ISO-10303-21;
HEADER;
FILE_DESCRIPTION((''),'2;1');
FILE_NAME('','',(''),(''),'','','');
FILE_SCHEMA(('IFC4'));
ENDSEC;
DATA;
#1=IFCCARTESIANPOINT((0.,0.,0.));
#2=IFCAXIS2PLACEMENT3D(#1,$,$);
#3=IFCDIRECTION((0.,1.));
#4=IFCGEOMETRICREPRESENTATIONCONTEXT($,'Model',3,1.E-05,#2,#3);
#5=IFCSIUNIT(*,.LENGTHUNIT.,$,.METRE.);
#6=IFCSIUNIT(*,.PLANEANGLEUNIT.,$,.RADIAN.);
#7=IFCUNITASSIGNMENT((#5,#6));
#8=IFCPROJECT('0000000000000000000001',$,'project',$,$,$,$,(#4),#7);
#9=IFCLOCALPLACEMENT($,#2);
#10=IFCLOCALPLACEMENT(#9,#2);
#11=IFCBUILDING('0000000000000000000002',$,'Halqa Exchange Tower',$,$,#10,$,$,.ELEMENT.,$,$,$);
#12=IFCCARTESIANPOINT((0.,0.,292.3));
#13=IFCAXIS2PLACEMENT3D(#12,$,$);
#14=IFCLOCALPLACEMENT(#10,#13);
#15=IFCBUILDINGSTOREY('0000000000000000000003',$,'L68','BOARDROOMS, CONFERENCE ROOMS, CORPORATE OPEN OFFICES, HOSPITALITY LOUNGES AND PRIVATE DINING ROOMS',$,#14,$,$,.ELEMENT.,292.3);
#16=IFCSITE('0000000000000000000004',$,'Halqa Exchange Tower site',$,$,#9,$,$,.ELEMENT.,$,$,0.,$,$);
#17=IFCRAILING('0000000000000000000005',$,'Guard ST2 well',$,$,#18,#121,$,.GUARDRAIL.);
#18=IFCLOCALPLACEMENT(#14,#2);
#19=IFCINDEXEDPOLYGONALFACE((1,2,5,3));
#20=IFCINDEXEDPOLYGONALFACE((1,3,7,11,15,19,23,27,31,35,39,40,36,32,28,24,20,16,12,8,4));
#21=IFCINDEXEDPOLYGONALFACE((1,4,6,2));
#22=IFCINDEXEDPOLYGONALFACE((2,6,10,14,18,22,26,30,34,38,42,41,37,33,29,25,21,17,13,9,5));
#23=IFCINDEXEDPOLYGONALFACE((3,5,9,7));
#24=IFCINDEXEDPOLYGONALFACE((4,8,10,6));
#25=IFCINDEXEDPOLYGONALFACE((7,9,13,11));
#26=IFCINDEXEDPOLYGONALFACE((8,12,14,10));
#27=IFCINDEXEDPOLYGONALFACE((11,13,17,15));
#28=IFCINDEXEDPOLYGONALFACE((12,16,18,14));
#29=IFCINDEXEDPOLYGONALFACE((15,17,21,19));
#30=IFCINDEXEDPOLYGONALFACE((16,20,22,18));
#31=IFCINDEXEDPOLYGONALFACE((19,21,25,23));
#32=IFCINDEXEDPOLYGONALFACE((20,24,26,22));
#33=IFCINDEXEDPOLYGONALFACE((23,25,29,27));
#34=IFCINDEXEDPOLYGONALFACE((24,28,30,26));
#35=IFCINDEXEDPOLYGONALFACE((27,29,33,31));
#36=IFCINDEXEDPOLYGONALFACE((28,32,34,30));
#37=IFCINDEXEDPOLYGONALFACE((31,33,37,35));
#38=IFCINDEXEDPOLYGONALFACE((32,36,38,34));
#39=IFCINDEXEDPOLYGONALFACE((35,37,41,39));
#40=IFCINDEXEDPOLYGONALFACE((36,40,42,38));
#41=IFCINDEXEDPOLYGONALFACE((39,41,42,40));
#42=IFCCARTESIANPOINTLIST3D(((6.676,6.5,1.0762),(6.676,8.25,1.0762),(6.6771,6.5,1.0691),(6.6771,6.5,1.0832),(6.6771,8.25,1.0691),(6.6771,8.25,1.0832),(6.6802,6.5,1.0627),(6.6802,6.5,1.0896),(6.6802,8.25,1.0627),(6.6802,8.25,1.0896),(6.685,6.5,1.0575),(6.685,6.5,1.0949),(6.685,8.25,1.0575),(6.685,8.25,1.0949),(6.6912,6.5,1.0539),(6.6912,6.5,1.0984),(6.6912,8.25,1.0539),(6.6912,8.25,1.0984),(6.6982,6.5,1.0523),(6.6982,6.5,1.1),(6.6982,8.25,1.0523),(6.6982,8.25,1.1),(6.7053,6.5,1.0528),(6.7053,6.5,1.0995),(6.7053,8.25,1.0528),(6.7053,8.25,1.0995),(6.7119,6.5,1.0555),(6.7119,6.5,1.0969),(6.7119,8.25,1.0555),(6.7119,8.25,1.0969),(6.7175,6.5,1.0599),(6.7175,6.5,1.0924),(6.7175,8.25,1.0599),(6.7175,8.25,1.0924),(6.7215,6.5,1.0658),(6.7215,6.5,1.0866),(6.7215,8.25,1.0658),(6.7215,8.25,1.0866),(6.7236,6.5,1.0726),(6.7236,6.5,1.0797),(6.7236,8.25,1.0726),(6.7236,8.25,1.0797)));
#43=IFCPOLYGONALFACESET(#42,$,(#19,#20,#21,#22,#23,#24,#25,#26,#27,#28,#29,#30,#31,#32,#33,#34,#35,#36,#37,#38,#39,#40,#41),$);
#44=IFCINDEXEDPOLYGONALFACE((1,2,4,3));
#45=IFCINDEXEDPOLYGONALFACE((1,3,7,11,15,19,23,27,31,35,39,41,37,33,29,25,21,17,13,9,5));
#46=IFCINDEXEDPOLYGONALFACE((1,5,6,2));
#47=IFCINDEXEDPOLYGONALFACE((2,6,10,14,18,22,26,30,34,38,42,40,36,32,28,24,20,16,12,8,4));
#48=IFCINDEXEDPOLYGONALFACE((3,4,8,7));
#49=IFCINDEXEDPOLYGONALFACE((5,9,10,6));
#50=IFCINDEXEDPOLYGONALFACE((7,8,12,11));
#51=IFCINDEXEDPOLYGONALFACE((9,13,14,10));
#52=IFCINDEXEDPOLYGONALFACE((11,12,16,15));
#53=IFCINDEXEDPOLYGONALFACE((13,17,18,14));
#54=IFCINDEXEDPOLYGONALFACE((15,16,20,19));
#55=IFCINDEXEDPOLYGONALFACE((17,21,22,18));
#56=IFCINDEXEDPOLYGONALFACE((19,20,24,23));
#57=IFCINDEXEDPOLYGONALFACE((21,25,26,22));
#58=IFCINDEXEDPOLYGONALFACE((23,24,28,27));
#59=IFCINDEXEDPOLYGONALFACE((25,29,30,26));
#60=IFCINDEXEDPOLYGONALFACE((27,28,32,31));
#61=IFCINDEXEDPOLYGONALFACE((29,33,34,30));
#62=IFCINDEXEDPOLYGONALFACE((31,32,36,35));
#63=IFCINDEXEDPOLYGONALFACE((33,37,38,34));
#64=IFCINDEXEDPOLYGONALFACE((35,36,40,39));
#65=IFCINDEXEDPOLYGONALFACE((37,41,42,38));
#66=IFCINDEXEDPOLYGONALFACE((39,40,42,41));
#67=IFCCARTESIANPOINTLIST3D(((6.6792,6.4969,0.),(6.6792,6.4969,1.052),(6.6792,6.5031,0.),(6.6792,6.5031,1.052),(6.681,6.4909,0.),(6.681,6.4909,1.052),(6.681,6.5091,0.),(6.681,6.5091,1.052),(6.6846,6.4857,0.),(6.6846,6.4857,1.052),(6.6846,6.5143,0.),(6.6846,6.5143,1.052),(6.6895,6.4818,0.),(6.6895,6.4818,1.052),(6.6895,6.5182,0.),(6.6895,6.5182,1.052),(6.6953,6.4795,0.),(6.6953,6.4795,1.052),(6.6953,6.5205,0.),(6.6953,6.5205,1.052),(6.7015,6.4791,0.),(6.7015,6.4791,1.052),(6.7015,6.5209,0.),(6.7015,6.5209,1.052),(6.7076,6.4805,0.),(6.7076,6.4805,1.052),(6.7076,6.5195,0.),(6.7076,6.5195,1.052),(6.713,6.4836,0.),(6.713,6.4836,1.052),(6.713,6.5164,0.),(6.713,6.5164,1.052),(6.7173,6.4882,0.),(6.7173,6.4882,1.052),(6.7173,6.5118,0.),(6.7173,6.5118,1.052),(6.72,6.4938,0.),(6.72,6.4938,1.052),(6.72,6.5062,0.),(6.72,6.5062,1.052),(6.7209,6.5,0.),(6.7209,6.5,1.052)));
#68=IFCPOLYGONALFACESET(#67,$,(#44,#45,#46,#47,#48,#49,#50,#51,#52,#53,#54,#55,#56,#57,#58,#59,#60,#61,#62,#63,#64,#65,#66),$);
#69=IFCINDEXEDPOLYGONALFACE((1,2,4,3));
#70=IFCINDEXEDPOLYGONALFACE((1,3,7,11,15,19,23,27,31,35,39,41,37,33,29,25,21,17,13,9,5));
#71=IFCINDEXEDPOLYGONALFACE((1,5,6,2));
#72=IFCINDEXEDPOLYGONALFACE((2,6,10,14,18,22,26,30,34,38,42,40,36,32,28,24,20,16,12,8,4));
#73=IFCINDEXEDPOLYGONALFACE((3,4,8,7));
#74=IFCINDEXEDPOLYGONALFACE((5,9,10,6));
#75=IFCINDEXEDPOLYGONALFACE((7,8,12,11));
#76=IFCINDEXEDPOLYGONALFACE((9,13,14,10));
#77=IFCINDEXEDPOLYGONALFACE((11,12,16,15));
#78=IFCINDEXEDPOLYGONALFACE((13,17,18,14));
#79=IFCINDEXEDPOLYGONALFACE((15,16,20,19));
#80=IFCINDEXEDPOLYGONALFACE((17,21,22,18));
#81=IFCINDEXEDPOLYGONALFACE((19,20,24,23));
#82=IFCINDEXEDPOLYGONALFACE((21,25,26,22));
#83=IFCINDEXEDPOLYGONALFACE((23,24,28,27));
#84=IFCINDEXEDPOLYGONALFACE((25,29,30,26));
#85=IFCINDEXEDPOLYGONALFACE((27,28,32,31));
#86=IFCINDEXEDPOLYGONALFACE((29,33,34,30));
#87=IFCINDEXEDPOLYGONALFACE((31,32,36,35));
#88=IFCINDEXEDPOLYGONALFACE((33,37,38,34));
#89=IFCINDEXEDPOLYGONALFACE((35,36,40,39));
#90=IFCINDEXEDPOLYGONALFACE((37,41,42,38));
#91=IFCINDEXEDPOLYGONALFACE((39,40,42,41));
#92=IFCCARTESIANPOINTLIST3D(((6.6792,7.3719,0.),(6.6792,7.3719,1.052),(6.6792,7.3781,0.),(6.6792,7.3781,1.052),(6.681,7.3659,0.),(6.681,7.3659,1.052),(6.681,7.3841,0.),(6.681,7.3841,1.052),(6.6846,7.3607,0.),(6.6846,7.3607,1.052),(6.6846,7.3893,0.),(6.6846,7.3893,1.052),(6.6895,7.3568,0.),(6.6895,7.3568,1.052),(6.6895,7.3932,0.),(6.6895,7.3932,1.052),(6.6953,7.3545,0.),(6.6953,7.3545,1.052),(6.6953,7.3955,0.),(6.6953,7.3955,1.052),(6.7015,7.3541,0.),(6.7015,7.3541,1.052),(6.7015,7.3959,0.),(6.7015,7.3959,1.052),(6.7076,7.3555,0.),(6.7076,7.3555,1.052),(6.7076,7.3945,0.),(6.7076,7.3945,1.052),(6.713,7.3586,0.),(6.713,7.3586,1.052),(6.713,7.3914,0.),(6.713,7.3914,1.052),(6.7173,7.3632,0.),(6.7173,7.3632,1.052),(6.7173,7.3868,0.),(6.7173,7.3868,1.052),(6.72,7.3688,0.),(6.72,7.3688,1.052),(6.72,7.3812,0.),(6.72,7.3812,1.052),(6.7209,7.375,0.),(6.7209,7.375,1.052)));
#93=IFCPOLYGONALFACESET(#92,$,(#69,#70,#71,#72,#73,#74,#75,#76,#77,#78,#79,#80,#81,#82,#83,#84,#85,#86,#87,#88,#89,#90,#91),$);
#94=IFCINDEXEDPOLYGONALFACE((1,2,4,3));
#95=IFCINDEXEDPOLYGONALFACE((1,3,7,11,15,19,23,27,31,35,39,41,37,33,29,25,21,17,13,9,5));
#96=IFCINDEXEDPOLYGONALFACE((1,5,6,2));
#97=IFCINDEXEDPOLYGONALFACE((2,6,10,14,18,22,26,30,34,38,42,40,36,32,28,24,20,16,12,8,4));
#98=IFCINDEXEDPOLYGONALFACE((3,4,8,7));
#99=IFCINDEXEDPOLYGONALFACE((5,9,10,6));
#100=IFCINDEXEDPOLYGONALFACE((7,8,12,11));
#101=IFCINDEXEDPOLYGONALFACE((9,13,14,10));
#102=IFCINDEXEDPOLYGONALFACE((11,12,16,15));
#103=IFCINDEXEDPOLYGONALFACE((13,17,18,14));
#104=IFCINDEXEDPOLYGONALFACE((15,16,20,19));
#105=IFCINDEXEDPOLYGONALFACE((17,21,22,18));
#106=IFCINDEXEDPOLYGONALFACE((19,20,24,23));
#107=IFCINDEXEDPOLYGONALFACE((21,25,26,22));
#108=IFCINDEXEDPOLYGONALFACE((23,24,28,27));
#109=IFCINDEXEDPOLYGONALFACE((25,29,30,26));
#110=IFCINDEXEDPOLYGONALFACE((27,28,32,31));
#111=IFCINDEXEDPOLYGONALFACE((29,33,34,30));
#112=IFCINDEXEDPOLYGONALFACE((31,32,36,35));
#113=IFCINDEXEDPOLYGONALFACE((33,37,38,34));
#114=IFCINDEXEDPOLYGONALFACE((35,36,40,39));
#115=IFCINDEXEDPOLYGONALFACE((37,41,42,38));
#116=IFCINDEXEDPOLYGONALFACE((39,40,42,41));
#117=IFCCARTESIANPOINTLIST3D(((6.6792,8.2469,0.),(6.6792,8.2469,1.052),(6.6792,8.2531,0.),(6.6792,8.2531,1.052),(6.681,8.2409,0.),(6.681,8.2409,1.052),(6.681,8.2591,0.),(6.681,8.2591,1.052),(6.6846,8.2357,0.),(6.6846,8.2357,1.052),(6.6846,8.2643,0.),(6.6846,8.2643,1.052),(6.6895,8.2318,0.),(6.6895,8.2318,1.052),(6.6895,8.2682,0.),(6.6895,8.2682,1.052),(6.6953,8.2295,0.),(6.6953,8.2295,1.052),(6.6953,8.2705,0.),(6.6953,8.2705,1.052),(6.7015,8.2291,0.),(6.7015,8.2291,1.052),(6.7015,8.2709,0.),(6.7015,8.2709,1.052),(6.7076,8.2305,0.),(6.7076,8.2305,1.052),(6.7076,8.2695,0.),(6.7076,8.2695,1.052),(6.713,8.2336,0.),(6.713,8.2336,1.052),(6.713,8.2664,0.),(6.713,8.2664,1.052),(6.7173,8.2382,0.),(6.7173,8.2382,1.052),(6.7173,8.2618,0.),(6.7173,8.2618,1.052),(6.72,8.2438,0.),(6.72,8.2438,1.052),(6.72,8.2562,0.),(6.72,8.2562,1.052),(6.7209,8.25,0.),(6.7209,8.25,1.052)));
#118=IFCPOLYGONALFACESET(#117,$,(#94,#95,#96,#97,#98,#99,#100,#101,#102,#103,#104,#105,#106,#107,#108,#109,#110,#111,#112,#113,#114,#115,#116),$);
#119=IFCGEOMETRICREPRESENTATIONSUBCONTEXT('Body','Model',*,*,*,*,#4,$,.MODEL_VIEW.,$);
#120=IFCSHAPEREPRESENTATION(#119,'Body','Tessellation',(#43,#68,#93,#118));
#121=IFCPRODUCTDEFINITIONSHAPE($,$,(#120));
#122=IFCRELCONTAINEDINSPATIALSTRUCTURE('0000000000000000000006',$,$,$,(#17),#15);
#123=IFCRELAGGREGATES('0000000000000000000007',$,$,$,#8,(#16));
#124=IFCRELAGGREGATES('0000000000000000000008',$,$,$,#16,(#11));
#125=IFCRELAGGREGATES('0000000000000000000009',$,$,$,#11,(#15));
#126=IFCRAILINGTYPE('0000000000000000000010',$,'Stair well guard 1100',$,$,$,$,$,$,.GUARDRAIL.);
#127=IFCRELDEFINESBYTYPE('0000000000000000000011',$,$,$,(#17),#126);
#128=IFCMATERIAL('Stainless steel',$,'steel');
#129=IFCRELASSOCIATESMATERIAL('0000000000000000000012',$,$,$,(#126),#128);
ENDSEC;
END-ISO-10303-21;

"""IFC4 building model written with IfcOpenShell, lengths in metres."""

from ifc_helpers import new_model, si_unit, direction, frame, origin, origin_2d, place, context, subcontext, project, spatial, circle, extrude, material, type_object, element, save


model = new_model("IFC4")

# Units and contexts
model_context = context("Model", 3, precision=1e-05, world=origin(), true_north=direction((0.0, 1.0)))
body_context = subcontext(model_context, "Body", "Model", "MODEL_VIEW")
ifc_project = project(units=[si_unit("LENGTHUNIT", "METRE"), si_unit("PLANEANGLEUNIT", "RADIAN")], contexts=[model_context])

# Site, building, storey
site_placement = place(None, origin())
site = spatial("IfcSite", under=ifc_project, at=site_placement, Name="Halqa Exchange Tower site", CompositionType="ELEMENT", RefElevation=0.0)
building_placement = place(site_placement, origin())
building = spatial("IfcBuilding", under=site, at=building_placement, Name="Halqa Exchange Tower", CompositionType="ELEMENT")
storey_placement = place(building_placement, frame((0.0, 0.0, 292.3)))
storey = spatial("IfcBuildingStorey", under=building, at=storey_placement, Name="L68", Description="BOARDROOMS, CONFERENCE ROOMS, CORPORATE OPEN OFFICES, HOSPITALITY LOUNGES AND PRIVATE DINING ROOMS", CompositionType="ELEMENT", Elevation=292.3)

# Railing
ifc_material_1 = material(Name="Stainless steel", Category="steel")
railing_type_1 = type_object("IfcRailingType", Name="Stair well guard 1100", PredefinedType="GUARDRAIL", material=ifc_material_1)
railing_1_placement = place(storey_placement, frame((6.7, 6.5, 0.0)))
element("IfcRailing", 1, at=railing_1_placement, inside=storey, type_object=railing_type_1, Name="Guard ST2 well", PredefinedType="GUARDRAIL", context=body_context, shape_type="SweptSolid", body=[
    extrude(circle(Radius=0.0239, at=origin_2d()), frame((0.0, 0.0, 1.0762), z_axis=(0.0, 1.0, 0.0), x_axis=(-1.0, 0.0, 0.0)), (0.0, 0.0, 1.0), 1.75),
    extrude(circle(Radius=0.021, at=origin_2d()), origin(), (0.0, 0.0, 1.0), 1.052),
    extrude(circle(Radius=0.021, at=origin_2d()), frame((0.0, 0.875, 0.0)), (0.0, 0.0, 1.0), 1.052),
    extrude(circle(Radius=0.021, at=origin_2d()), frame((0.0, 1.75, 0.0)), (0.0, 0.0, 1.0), 1.052),
])

save(model, "model.ifc")
